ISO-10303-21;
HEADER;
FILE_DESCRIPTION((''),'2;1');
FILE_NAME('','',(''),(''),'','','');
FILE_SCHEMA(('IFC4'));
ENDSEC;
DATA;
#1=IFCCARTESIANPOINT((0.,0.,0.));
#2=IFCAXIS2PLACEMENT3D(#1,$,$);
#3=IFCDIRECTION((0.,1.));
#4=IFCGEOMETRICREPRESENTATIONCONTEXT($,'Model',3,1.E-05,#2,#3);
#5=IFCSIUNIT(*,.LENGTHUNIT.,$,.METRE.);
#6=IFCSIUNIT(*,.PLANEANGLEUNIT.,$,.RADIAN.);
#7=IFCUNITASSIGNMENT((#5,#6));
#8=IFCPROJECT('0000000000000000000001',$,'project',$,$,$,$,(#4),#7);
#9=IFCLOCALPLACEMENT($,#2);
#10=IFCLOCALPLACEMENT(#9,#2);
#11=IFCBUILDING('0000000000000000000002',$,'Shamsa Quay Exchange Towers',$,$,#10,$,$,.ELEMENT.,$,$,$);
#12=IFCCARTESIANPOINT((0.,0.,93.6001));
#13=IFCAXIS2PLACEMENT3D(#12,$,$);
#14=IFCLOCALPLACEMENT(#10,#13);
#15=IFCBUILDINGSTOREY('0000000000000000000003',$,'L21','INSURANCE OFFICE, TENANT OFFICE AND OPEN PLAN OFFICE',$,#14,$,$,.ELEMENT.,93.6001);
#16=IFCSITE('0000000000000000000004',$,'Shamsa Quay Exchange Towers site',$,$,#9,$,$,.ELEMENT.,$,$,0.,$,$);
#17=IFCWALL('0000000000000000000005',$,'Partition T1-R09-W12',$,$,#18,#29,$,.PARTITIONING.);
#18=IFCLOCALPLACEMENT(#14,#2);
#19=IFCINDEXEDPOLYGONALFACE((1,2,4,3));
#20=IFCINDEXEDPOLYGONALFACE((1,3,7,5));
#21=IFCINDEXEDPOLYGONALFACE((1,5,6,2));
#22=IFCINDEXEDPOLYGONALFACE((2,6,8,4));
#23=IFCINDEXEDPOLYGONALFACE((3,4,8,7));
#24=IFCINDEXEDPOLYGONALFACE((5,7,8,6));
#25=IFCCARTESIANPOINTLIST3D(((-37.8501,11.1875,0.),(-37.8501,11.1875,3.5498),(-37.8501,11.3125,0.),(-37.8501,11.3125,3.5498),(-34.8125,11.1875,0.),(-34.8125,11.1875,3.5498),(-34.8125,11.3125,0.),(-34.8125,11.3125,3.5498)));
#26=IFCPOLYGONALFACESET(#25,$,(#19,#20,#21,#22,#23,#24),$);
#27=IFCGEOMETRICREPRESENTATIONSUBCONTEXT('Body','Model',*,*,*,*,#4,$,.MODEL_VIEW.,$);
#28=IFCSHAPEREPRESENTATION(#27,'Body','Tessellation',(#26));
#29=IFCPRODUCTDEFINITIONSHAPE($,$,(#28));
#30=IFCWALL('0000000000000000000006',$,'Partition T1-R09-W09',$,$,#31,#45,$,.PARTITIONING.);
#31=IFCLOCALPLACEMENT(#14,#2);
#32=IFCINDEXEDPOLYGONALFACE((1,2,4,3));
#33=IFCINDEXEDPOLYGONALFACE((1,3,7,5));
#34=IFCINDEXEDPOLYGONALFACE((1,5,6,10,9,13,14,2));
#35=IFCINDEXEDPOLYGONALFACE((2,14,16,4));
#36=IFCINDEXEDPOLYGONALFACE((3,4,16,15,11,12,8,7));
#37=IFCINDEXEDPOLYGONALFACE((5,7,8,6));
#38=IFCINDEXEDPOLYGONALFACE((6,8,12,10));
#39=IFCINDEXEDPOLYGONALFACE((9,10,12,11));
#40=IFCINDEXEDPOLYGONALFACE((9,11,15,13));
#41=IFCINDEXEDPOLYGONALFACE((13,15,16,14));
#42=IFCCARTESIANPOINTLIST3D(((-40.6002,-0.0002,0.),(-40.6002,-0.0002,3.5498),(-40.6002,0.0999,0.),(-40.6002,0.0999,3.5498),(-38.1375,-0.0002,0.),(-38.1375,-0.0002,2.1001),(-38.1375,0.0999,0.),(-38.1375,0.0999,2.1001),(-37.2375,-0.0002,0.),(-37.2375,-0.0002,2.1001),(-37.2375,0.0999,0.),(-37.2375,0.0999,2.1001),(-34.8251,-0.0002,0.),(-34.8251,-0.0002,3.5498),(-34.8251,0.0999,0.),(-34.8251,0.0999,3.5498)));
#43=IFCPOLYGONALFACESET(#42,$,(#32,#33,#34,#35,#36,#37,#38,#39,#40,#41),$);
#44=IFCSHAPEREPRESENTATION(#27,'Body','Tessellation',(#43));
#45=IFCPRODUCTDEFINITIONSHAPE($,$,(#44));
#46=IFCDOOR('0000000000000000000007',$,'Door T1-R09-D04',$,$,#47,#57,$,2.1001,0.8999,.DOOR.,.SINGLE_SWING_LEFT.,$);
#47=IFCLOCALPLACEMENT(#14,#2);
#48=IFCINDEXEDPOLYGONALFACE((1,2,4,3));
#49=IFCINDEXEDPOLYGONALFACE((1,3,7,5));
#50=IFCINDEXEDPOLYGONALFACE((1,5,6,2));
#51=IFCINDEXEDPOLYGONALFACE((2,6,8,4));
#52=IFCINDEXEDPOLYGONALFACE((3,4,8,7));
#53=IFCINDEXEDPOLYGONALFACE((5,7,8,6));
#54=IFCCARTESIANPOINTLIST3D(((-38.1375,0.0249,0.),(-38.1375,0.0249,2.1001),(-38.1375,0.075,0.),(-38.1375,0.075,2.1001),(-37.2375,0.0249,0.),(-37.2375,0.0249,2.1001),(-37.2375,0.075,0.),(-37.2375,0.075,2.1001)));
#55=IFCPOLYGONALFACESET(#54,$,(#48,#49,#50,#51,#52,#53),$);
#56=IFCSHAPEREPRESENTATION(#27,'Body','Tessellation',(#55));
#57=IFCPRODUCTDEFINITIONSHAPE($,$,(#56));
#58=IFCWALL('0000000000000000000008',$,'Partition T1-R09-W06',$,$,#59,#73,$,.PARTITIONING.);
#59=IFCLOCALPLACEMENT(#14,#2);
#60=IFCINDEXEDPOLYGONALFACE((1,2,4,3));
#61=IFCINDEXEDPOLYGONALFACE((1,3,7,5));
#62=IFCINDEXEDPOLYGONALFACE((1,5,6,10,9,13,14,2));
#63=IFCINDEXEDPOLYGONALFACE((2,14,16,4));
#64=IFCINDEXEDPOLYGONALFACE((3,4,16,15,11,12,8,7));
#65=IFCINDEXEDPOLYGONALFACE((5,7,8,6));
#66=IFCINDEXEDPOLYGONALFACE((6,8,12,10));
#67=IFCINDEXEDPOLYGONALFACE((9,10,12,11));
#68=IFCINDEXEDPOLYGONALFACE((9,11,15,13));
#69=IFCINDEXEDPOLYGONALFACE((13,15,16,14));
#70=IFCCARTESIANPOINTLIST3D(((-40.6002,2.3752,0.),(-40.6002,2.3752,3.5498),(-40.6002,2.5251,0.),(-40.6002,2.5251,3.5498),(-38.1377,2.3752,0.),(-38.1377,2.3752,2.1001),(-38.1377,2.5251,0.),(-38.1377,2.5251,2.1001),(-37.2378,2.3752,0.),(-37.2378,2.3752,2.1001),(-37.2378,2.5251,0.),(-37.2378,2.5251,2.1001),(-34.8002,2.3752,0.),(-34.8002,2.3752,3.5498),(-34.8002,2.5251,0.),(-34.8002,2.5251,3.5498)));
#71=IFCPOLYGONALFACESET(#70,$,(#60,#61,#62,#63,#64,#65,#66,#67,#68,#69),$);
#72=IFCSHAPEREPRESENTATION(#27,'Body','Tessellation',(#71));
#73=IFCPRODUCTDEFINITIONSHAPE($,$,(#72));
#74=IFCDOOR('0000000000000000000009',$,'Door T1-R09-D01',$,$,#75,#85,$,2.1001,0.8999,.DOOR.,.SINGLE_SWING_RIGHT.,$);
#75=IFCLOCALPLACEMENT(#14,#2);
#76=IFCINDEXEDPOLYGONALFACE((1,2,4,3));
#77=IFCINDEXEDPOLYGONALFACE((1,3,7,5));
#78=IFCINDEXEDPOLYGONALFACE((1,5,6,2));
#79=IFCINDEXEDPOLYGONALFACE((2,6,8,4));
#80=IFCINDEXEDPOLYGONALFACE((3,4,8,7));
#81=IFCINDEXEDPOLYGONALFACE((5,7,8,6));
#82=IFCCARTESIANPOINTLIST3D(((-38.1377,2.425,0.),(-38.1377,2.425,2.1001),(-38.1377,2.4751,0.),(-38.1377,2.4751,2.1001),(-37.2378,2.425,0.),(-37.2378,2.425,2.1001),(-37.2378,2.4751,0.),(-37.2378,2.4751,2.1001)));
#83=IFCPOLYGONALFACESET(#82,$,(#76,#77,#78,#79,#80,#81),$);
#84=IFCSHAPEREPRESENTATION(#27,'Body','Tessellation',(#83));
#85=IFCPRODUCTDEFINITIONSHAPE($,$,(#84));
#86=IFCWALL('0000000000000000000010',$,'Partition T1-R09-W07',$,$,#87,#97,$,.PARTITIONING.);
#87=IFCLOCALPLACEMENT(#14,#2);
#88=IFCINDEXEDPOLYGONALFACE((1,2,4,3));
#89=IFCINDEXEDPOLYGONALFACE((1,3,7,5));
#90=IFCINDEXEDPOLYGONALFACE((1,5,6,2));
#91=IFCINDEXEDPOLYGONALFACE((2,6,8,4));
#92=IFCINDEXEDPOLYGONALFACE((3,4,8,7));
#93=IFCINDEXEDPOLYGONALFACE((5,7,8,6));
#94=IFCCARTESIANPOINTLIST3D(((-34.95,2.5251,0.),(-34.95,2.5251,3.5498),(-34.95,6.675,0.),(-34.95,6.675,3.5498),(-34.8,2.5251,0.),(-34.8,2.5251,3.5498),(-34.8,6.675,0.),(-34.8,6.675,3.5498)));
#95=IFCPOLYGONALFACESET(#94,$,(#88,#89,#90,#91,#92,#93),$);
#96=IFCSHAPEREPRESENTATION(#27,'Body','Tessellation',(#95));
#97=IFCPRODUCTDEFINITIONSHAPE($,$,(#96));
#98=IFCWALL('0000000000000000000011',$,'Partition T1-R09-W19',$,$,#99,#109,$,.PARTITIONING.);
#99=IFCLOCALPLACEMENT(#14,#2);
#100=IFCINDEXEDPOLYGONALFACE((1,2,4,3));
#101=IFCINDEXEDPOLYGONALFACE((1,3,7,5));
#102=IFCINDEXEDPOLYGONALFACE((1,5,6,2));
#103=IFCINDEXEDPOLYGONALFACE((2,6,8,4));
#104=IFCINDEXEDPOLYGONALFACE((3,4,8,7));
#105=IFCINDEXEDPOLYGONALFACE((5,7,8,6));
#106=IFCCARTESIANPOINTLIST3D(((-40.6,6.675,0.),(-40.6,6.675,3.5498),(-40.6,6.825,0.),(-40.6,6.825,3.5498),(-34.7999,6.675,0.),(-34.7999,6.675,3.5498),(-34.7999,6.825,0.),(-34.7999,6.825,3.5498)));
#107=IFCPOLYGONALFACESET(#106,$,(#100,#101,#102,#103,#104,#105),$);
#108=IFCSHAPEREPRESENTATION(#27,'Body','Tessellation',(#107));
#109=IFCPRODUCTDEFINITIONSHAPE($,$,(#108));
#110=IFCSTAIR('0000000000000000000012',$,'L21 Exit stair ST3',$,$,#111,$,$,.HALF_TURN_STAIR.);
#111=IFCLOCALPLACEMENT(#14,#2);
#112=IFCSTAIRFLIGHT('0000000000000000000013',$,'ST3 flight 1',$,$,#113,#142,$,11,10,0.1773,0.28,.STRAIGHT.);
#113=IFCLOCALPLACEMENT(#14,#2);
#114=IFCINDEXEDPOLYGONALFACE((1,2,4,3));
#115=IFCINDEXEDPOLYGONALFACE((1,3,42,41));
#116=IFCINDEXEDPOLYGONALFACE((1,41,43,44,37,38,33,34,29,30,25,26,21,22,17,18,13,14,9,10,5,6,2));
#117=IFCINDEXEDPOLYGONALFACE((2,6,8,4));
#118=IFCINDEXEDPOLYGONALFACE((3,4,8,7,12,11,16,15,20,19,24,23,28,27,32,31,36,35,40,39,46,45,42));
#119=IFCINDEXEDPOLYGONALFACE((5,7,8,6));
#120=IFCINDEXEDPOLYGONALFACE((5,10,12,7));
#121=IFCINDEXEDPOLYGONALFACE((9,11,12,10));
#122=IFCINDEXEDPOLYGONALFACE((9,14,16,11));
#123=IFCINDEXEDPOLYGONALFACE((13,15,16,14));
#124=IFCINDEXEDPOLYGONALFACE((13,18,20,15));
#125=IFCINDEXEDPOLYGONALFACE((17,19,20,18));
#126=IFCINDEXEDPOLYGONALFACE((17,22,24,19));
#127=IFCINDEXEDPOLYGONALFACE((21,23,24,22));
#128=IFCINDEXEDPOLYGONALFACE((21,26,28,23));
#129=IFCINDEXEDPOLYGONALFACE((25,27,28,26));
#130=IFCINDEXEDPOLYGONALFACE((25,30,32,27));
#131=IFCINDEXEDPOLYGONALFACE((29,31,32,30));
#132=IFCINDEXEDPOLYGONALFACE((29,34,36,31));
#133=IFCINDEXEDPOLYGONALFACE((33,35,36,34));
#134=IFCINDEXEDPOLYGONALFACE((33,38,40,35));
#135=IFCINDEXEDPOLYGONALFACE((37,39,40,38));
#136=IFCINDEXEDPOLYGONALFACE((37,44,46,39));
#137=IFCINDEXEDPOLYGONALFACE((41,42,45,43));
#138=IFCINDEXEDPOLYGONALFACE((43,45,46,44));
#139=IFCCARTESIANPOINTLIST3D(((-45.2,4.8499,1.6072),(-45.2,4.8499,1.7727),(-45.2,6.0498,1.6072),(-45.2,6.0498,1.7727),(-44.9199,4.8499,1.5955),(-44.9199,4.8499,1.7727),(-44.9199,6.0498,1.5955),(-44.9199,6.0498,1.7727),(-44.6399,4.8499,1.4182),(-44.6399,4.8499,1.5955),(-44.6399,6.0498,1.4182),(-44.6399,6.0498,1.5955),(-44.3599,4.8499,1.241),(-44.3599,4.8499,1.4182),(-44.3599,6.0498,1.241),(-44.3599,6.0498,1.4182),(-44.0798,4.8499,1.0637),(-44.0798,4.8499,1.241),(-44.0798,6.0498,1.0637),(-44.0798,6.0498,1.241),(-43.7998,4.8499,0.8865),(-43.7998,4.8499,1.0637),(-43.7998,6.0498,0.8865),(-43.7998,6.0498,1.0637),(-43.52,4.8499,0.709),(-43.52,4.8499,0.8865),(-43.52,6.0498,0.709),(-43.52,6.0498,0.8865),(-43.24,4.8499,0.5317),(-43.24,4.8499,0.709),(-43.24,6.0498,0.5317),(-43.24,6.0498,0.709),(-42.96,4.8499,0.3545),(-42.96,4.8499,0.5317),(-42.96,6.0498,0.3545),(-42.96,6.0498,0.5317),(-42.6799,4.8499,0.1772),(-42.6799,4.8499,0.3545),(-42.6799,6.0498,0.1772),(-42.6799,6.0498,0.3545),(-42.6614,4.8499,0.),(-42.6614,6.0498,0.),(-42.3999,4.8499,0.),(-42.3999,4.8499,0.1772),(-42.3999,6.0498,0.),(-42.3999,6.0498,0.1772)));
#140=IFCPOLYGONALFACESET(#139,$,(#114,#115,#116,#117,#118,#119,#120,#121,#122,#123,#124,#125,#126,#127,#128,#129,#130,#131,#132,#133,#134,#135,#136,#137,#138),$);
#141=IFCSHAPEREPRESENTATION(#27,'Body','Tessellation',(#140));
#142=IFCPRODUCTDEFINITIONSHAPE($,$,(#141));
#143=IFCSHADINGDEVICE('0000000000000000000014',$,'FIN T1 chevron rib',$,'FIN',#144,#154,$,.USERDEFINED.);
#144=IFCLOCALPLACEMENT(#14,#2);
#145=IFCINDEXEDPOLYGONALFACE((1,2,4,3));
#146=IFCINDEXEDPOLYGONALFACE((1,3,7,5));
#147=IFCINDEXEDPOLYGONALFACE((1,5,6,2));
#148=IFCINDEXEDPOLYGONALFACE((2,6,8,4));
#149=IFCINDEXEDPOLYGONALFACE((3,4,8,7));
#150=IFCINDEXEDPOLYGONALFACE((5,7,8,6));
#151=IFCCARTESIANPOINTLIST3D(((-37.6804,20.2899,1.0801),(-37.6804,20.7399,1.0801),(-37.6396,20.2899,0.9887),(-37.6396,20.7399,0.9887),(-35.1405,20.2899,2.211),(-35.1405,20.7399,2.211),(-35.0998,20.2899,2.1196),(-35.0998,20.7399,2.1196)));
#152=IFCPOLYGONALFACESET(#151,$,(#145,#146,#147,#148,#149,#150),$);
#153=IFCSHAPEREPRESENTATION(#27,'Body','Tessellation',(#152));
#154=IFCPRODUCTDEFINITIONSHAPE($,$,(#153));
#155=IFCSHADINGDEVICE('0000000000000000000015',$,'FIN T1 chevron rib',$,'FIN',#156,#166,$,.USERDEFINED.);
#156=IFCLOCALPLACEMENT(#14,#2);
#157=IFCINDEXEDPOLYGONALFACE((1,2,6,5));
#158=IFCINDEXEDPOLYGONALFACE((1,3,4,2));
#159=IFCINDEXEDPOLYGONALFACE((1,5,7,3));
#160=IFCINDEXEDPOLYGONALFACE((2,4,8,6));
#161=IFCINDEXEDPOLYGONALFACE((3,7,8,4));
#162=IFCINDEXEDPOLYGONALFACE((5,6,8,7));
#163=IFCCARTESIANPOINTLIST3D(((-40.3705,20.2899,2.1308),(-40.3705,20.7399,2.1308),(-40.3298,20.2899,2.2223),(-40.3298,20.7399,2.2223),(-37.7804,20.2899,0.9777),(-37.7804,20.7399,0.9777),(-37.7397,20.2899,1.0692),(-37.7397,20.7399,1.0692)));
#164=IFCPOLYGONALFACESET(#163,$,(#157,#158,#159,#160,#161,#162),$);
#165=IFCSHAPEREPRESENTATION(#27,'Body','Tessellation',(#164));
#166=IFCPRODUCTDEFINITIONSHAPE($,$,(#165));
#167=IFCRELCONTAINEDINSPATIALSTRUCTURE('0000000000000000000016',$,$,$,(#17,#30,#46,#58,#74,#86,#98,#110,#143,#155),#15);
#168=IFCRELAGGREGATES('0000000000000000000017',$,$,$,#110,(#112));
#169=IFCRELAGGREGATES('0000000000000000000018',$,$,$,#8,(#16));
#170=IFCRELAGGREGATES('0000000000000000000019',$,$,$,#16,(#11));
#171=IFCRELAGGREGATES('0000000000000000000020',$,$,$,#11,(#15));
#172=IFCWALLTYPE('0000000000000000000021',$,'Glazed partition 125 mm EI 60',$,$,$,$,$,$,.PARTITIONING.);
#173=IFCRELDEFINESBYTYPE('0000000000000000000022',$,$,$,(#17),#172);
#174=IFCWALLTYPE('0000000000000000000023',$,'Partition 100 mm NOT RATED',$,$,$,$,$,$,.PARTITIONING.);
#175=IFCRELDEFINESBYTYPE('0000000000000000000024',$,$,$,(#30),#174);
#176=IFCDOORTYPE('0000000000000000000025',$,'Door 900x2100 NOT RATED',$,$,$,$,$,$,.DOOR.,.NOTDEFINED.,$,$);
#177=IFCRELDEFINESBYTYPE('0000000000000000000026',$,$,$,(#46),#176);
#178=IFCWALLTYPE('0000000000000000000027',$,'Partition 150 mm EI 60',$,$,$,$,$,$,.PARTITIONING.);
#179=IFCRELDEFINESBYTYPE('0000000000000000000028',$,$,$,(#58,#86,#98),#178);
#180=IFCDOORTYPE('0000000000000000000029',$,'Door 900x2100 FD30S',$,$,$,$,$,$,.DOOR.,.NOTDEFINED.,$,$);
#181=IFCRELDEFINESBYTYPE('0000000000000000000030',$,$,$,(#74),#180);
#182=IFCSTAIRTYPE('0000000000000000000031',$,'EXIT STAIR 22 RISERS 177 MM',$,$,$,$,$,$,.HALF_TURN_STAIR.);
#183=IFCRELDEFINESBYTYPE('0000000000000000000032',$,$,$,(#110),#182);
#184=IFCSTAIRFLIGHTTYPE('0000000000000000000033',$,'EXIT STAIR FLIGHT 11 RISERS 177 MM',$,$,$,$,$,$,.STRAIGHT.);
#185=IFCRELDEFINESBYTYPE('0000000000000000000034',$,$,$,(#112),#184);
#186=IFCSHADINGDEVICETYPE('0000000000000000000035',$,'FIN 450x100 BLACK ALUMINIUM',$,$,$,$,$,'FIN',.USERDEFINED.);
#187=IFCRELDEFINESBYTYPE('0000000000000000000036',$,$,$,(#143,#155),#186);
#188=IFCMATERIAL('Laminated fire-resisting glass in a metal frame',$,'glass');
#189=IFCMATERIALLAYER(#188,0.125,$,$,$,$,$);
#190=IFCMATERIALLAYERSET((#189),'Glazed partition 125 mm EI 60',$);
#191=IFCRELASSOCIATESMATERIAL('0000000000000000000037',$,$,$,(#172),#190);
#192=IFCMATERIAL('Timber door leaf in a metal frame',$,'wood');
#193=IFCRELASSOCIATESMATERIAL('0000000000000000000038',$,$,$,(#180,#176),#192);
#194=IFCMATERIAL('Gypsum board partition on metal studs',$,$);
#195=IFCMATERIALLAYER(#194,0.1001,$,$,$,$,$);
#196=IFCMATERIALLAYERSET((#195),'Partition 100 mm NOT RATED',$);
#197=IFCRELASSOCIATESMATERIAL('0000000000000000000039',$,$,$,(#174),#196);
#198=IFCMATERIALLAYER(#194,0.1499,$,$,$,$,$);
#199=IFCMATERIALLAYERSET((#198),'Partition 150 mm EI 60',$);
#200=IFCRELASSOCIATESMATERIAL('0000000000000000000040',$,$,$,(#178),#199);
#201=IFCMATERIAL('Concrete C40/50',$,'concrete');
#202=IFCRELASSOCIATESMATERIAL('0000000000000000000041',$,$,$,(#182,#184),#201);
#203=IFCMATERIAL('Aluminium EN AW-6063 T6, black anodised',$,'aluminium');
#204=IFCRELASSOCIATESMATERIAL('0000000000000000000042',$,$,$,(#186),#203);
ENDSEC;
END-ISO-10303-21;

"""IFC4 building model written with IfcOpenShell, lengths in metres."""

from ifc_helpers import new_model, si_unit, direction, frame, frame_2d, origin, origin_2d, place, context, subcontext, project, spatial, polyline, rectangle, outline, extrude, material, layer, layer_set, material_profile, profile_set, type_object, element, fill, aggregate, save


model = new_model("IFC4")

# Units and contexts
model_context = context("Model", 3, precision=1e-05, world=origin(), true_north=direction((0.0, 1.0)))
body_context = subcontext(model_context, "Body", "Model", "MODEL_VIEW")
ifc_project = project(units=[si_unit("LENGTHUNIT", "METRE"), si_unit("PLANEANGLEUNIT", "RADIAN")], contexts=[model_context])

# Site, building, storey
site_placement = place(None, origin())
site = spatial("IfcSite", under=ifc_project, at=site_placement, Name="Shamsa Quay Exchange Towers site", CompositionType="ELEMENT", RefElevation=0.0)
building_placement = place(site_placement, origin())
building = spatial("IfcBuilding", under=site, at=building_placement, Name="Shamsa Quay Exchange Towers", CompositionType="ELEMENT")
storey_placement = place(building_placement, frame((0.0, 0.0, 93.6001)))
storey = spatial("IfcBuildingStorey", under=building, at=storey_placement, Name="L21", Description="INSURANCE OFFICE, TENANT OFFICE AND OPEN PLAN OFFICE", CompositionType="ELEMENT", Elevation=93.6001)

# Shared definitions
ifc_material_1 = material(Name="Aluminium EN AW-6063 T6, black anodised", Category="aluminium")

# Shared definitions
ifc_material_2 = material(Name="Timber door leaf in a metal frame", Category="wood")

# Shared definitions
ifc_material_3 = material(Name="Laminated fire-resisting glass in a metal frame", Category="glass")
ifc_layer_1 = layer(ifc_material_3, 0.125)
ifc_layer_set_1 = layer_set([ifc_layer_1], Name="Glazed partition 125 mm EI 60")
wall_type_1 = type_object("IfcWallType", Name="Glazed partition 125 mm EI 60", PredefinedType="PARTITIONING", material=ifc_layer_set_1)
door_type_1 = type_object("IfcDoorType", Name="Door 900x2100 FD30S", OperationType="NOTDEFINED", PredefinedType="DOOR", material=ifc_material_2)

# Wall
wall_1_placement = place(storey_placement, frame((-34.8125, 11.25, 0.0), z_axis=(0.0, 0.0, 1.0), x_axis=(-1.0, 0.0, 0.0)))
element("IfcWall", 1, at=wall_1_placement, inside=storey, type_object=wall_type_1, Name="Partition T1-R09-W12", PredefinedType="PARTITIONING", context=body_context, shape_type="SweptSolid", body=[
    extrude(rectangle(XDim=3.0376, YDim=0.125, at=frame_2d((1.5188, 0.0))), origin(), (0.0, 0.0, 1.0), 3.5498),
])

# Walls, openings, doors
ifc_material_4 = material(Name="Gypsum board partition on metal studs")
ifc_layer_2 = layer(ifc_material_4, 0.1001)
ifc_layer_set_2 = layer_set([ifc_layer_2], Name="Partition 100 mm NOT RATED")
wall_type_2 = type_object("IfcWallType", Name="Partition 100 mm NOT RATED", PredefinedType="PARTITIONING", material=ifc_layer_set_2)
wall_2_placement = place(storey_placement, frame((-34.825, 0.0498, 0.0), z_axis=(0.0, 0.0, 1.0), x_axis=(-1.0, 0.0, 0.0)))
wall_2 = element("IfcWall", 2, at=wall_2_placement, inside=storey, type_object=wall_type_2, Name="Partition T1-R09-W09", PredefinedType="PARTITIONING", context=body_context, shape_type="SweptSolid", body=[
    extrude(rectangle(XDim=5.7751, YDim=0.1001, at=frame_2d((2.8877, 0.0))), origin(), (0.0, 0.0, 1.0), 3.5498),
])
opening_1_placement = place(wall_2_placement, frame((2.4126, 0.0, 0.0)))
opening_1 = element("IfcOpeningElement", 3, at=opening_1_placement, cuts=wall_2, PredefinedType="OPENING", context=body_context, shape_type="SweptSolid", body=[
    extrude(rectangle(XDim=0.8999, YDim=2.1001, at=frame_2d((0.45, 1.05))), frame((0.0, 0.0601, 0.0), z_axis=(0.0, -1.0, 0.0), x_axis=(1.0, 0.0, 0.0)), (0.0, 0.0, 1.0), 0.1201),
])
door_type_2 = type_object("IfcDoorType", Name="Door 900x2100 NOT RATED", OperationType="NOTDEFINED", PredefinedType="DOOR", material=ifc_material_2)
door_1_placement = place(opening_1_placement, origin())
door_1 = element("IfcDoor", 4, at=door_1_placement, inside=storey, type_object=door_type_2, Name="Door T1-R09-D04", OperationType="SINGLE_SWING_LEFT", OverallHeight=2.1001, OverallWidth=0.8999, PredefinedType="DOOR", context=body_context, shape_type="SweptSolid", body=[
    extrude(rectangle(XDim=0.8999, YDim=2.1001, at=frame_2d((0.45, 1.05))), frame((0.0, 0.0249, 0.0), z_axis=(0.0, -1.0, 0.0), x_axis=(1.0, 0.0, 0.0)), (0.0, 0.0, 1.0), 0.05),
])
fill(opening_1, door_1)
ifc_layer_3 = layer(ifc_material_4, 0.1499)
ifc_layer_set_3 = layer_set([ifc_layer_3], Name="Partition 150 mm EI 60")
wall_type_3 = type_object("IfcWallType", Name="Partition 150 mm EI 60", PredefinedType="PARTITIONING", material=ifc_layer_set_3)
wall_3_placement = place(storey_placement, frame((-40.6001, 2.4502, 0.0)))
wall_3 = element("IfcWall", 5, at=wall_3_placement, inside=storey, type_object=wall_type_3, Name="Partition T1-R09-W06", PredefinedType="PARTITIONING", context=body_context, shape_type="SweptSolid", body=[
    extrude(rectangle(XDim=5.8, YDim=0.1499, at=frame_2d((2.8999, 0.0))), origin(), (0.0, 0.0, 1.0), 3.5498),
])
opening_2_placement = place(wall_3_placement, frame((2.4624, 0.0, 0.0)))
opening_2 = element("IfcOpeningElement", 6, at=opening_2_placement, cuts=wall_3, PredefinedType="OPENING", context=body_context, shape_type="SweptSolid", body=[
    extrude(rectangle(XDim=0.8999, YDim=2.1001, at=frame_2d((0.45, 1.05))), frame((0.0, 0.085, 0.0), z_axis=(0.0, -1.0, 0.0), x_axis=(1.0, 0.0, 0.0)), (0.0, 0.0, 1.0), 0.1699),
])
door_2_placement = place(opening_2_placement, origin())
door_2 = element("IfcDoor", 7, at=door_2_placement, inside=storey, type_object=door_type_1, Name="Door T1-R09-D01", OperationType="SINGLE_SWING_RIGHT", OverallHeight=2.1001, OverallWidth=0.8999, PredefinedType="DOOR", context=body_context, shape_type="SweptSolid", body=[
    extrude(rectangle(XDim=0.8999, YDim=2.1001, at=frame_2d((0.45, 1.05))), frame((0.0, 0.0249, 0.0), z_axis=(0.0, -1.0, 0.0), x_axis=(1.0, 0.0, 0.0)), (0.0, 0.0, 1.0), 0.05),
])
fill(opening_2, door_2)

# Walls
wall_4_placement = place(storey_placement, frame((-34.875, 2.5251, 0.0), z_axis=(0.0, 0.0, 1.0), x_axis=(0.0, 1.0, 0.0)))
element("IfcWall", 8, at=wall_4_placement, inside=storey, type_object=wall_type_3, Name="Partition T1-R09-W07", PredefinedType="PARTITIONING", context=body_context, shape_type="SweptSolid", body=[
    extrude(rectangle(XDim=4.1499, YDim=0.1499, at=frame_2d((2.075, 0.0))), origin(), (0.0, 0.0, 1.0), 3.5498),
])
wall_5_placement = place(storey_placement, frame((-34.8, 6.75, 0.0), z_axis=(0.0, 0.0, 1.0), x_axis=(-1.0, 0.0, 0.0)))
element("IfcWall", 9, at=wall_5_placement, inside=storey, type_object=wall_type_3, Name="Partition T1-R09-W19", PredefinedType="PARTITIONING", context=body_context, shape_type="SweptSolid", body=[
    extrude(rectangle(XDim=5.8, YDim=0.1499, at=frame_2d((2.8999, 0.0))), origin(), (0.0, 0.0, 1.0), 3.5498),
])

# Stair, stair flight
ifc_material_5 = material(Name="Concrete C40/50", Category="concrete")
stair_type = type_object("IfcStairType", Name="EXIT STAIR 22 RISERS 177 MM", PredefinedType="HALF_TURN_STAIR", material=ifc_material_5)
stair_placement = place(storey_placement, origin())
stair = element("IfcStair", 10, at=stair_placement, inside=storey, type_object=stair_type, Name="L21 Exit stair ST3", PredefinedType="HALF_TURN_STAIR")
stair_flight_type = type_object("IfcStairFlightType", Name="EXIT STAIR FLIGHT 11 RISERS 177 MM", PredefinedType="STRAIGHT", material=ifc_material_5)
stair_flight_placement = place(storey_placement, frame((-42.3999, 5.45, 0.0), z_axis=(0.0, 0.0, 1.0), x_axis=(-1.0, 0.0, 0.0)))
stair_flight = element("IfcStairFlight", 11, at=stair_flight_placement, type_object=stair_flight_type, Name="ST3 flight 1", NumberOfRisers=11, NumberOfTreads=10, PredefinedType="STRAIGHT", RiserHeight=0.1773, TreadLength=0.28, context=body_context, shape_type="SweptSolid", body=[
    extrude(outline(polyline([(0.0, 0.0), (0.0, 0.1772), (0.28, 0.1772), (0.28, 0.3545), (0.5601, 0.3545), (0.5601, 0.5317), (0.8401, 0.5317), (0.8401, 0.709), (1.1201, 0.709), (1.1201, 0.8865), (1.3999, 0.8865), (1.3999, 1.0637), (1.6799, 1.0637), (1.6799, 1.241), (1.96, 1.241), (1.96, 1.4182), (2.24, 1.4182), (2.24, 1.5955), (2.52, 1.5955), (2.52, 1.7727), (2.8, 1.7727), (2.8, 1.95), (2.8, 1.6072), (0.2615, 0.0), (0.0, 0.0)])), frame((0.0, 0.6001, 0.0), z_axis=(0.0, -1.0, 0.0), x_axis=(1.0, 0.0, 0.0)), (0.0, 0.0, 1.0), 1.2),
])
aggregate(stair, [stair_flight])

# Shading devices
ifc_material_profile_1 = material_profile(ifc_material_1, rectangle(XDim=0.45, YDim=0.1001, at=origin_2d()), Name="FIN450x100")
ifc_profile_set_1 = profile_set([ifc_material_profile_1], Name="Aluminium EN AW-6063 T6, black anodised")
shading_device_type = type_object("IfcShadingDeviceType", Name="FIN 450x100 BLACK ALUMINIUM", ElementType="FIN", PredefinedType="USERDEFINED", material=ifc_profile_set_1)
shading_device_1_placement = place(storey_placement, frame((-35.1201, 20.5149, 2.1653), z_axis=(-0.913536, 0.0, -0.406758), x_axis=(0.0, -1.0, 0.0)))
element("IfcShadingDevice", 12, at=shading_device_1_placement, inside=storey, type_object=shading_device_type, Name="FIN T1 chevron rib", ObjectType="FIN", PredefinedType="USERDEFINED", context=body_context, shape_type="SweptSolid", body=[
    extrude(rectangle(XDim=0.45, YDim=0.1001, at=origin_2d()), origin(), (0.0, 0.0, 1.0), 2.7803),
])
shading_device_2_placement = place(storey_placement, frame((-37.76, 20.5149, 1.0234), z_axis=(-0.913559, 0.0, 0.406706), x_axis=(0.0, -1.0, 0.0)))
element("IfcShadingDevice", 13, at=shading_device_2_placement, inside=storey, type_object=shading_device_type, Name="FIN T1 chevron rib", ObjectType="FIN", PredefinedType="USERDEFINED", context=body_context, shape_type="SweptSolid", body=[
    extrude(rectangle(XDim=0.45, YDim=0.1001, at=origin_2d()), origin(), (0.0, 0.0, 1.0), 2.8352),
])

save(model, "model.ifc")
